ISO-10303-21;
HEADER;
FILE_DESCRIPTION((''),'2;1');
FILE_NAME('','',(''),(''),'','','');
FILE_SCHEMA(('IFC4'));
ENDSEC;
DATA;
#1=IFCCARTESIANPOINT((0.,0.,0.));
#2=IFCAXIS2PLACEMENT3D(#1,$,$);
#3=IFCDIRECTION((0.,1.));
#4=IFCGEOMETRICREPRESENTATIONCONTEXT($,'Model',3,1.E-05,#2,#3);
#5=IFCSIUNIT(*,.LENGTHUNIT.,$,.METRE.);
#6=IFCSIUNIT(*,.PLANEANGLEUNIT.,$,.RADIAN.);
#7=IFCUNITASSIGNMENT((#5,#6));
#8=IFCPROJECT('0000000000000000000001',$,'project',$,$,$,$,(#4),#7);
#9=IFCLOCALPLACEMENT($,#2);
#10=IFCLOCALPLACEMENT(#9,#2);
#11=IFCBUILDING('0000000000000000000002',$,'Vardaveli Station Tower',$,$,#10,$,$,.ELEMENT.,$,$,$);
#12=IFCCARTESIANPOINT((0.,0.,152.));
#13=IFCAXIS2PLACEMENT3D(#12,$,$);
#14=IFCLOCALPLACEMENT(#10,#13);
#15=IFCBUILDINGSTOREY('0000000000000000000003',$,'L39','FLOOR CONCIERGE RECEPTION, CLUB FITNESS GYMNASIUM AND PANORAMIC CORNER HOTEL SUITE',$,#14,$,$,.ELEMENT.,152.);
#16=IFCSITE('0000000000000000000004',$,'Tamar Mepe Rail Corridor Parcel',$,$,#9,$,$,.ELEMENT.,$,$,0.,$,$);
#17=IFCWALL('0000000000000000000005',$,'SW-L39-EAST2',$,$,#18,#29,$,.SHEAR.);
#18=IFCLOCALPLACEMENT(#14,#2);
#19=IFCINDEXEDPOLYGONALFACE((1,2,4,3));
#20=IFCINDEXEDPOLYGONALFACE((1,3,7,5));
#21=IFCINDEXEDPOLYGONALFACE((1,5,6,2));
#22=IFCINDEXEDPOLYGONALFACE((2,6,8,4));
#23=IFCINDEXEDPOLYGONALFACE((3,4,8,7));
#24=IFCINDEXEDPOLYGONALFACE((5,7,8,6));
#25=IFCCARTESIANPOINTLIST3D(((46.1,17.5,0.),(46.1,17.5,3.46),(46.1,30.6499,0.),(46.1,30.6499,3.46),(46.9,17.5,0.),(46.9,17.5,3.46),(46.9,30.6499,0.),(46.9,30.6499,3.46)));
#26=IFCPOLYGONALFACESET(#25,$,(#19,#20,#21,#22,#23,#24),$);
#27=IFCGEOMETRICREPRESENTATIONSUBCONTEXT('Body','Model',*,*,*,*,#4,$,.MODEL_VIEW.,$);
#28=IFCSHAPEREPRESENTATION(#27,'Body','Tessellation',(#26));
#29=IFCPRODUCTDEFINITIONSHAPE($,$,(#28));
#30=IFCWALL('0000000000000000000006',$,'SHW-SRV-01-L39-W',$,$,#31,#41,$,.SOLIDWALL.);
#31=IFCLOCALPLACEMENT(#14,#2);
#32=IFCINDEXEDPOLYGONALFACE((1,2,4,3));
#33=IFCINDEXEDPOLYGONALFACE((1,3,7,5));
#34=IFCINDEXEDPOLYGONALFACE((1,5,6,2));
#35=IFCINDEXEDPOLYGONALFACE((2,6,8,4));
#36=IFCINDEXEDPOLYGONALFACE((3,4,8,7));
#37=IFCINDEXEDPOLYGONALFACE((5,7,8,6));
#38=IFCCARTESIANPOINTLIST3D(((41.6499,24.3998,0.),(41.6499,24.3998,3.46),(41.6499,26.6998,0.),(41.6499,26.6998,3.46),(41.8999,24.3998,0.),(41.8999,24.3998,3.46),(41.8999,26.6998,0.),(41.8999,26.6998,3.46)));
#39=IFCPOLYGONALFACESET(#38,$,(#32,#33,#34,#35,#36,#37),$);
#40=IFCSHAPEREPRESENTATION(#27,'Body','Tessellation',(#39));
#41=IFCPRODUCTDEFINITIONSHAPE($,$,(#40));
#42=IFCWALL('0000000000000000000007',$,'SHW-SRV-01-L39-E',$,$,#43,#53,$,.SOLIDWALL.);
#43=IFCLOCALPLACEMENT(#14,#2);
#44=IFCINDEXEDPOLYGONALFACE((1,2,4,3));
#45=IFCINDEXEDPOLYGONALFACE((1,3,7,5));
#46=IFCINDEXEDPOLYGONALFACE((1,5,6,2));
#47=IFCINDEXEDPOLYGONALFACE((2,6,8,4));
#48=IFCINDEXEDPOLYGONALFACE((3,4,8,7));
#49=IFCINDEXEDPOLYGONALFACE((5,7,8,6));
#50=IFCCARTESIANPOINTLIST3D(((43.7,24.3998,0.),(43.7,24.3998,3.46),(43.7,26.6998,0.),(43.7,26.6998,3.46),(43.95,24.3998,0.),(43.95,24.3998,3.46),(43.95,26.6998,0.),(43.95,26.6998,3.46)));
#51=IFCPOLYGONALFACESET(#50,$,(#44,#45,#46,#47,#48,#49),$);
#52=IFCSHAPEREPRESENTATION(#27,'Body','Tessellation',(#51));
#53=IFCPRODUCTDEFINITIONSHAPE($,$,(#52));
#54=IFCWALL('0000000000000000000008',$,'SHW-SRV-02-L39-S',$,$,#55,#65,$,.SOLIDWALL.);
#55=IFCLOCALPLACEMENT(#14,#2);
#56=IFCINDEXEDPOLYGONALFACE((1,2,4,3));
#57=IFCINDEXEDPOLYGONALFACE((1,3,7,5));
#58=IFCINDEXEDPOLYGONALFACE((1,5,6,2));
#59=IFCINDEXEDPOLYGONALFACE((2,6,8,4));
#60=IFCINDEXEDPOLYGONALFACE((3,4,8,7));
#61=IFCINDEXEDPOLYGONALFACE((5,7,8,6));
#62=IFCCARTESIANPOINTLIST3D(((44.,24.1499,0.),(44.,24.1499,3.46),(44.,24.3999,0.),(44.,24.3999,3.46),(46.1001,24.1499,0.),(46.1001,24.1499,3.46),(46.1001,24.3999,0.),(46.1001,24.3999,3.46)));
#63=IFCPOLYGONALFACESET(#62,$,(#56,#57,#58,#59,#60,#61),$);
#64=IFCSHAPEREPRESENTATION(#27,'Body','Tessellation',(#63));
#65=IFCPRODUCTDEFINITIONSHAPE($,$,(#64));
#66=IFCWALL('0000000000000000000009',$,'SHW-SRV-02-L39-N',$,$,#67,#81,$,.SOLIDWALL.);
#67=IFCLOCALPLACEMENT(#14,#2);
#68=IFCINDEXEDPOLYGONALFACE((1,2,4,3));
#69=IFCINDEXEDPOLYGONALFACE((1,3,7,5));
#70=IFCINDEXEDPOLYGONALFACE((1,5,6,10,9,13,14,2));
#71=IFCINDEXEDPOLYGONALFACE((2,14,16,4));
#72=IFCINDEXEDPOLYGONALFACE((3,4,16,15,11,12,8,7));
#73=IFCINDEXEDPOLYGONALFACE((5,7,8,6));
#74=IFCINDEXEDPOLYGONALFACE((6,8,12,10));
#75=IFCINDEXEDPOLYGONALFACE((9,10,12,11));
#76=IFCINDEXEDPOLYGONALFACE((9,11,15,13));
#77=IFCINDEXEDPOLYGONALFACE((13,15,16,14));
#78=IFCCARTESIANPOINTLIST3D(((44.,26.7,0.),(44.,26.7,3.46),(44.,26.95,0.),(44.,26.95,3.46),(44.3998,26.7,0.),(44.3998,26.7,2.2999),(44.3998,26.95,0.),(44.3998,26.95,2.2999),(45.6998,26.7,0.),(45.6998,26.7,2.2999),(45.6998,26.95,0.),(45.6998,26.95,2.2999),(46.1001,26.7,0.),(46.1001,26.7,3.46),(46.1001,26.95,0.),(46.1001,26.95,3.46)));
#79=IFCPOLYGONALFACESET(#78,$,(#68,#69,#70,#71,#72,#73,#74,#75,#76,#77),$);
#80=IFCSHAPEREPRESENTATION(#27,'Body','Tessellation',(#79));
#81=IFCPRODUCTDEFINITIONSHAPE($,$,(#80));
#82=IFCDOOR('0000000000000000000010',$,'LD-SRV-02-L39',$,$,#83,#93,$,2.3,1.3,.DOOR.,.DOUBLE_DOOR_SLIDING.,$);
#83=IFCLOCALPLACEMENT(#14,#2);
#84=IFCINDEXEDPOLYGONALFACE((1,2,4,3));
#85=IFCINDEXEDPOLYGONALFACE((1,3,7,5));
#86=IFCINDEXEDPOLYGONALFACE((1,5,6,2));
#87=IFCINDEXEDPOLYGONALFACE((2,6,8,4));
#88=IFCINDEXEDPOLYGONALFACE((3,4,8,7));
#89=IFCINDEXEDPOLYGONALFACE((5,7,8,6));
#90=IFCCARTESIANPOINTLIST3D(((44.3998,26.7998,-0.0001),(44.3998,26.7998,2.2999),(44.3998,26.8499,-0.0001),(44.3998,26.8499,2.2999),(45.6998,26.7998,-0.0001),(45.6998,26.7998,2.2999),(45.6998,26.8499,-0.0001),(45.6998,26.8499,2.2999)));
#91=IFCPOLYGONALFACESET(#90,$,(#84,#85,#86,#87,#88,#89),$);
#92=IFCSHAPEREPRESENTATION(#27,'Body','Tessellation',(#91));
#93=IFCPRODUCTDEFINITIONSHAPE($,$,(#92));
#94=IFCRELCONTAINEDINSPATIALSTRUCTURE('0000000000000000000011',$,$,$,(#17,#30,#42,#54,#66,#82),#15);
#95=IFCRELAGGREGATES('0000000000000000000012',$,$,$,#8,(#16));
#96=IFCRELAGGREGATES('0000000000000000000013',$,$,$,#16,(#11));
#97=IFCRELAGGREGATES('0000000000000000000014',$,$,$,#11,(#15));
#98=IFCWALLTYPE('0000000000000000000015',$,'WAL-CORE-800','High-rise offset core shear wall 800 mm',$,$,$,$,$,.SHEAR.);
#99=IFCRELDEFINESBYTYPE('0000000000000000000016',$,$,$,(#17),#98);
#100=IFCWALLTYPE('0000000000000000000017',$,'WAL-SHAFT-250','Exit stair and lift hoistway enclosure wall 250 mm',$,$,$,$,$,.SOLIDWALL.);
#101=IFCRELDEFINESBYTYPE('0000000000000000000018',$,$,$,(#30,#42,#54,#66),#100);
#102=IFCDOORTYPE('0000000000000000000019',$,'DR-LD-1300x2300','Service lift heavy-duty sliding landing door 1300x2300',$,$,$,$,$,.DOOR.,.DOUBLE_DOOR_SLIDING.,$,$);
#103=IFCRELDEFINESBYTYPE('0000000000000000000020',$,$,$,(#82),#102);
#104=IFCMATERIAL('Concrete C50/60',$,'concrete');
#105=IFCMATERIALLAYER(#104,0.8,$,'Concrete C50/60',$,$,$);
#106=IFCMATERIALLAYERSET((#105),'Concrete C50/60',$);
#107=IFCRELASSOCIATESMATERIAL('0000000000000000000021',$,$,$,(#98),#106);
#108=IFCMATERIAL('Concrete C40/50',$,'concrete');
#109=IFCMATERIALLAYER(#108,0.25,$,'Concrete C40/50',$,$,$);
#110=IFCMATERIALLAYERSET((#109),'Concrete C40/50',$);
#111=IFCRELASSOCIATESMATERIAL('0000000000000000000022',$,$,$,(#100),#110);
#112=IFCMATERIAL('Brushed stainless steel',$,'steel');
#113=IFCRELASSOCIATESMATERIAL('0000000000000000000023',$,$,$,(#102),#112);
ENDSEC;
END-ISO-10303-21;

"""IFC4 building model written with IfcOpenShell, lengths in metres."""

from ifc_helpers import new_model, si_unit, direction, frame, frame_2d, origin, place, context, subcontext, project, spatial, rectangle, extrude, source, transform, mapped, material, layer, layer_set, type_object, element, fill, save


model = new_model("IFC4")

# Units and contexts
model_context = context("Model", 3, precision=1e-05, world=origin(), true_north=direction((0.0, 1.0)))
body_context = subcontext(model_context, "Body", "Model", "MODEL_VIEW")
ifc_project = project(units=[si_unit("LENGTHUNIT", "METRE"), si_unit("PLANEANGLEUNIT", "RADIAN")], contexts=[model_context])

# Site, building, storey
site_placement = place(None, origin())
site = spatial("IfcSite", under=ifc_project, at=site_placement, Name="Tamar Mepe Rail Corridor Parcel", CompositionType="ELEMENT", RefElevation=0.0)
building_placement = place(site_placement, origin())
building = spatial("IfcBuilding", under=site, at=building_placement, Name="Vardaveli Station Tower", CompositionType="ELEMENT")
storey_placement = place(building_placement, frame((0.0, 0.0, 152.0)))
storey = spatial("IfcBuildingStorey", under=building, at=storey_placement, Name="L39", Description="FLOOR CONCIERGE RECEPTION, CLUB FITNESS GYMNASIUM AND PANORAMIC CORNER HOTEL SUITE", CompositionType="ELEMENT", Elevation=152.0)

# Walls
ifc_material_1 = material(Name="Concrete C50/60", Category="concrete")
ifc_layer_1 = layer(ifc_material_1, 0.8, Name="Concrete C50/60")
ifc_layer_set_1 = layer_set([ifc_layer_1], Name="Concrete C50/60")
wall_type_1 = type_object("IfcWallType", Name="WAL-CORE-800", Description="High-rise offset core shear wall 800 mm", PredefinedType="SHEAR", material=ifc_layer_set_1)
shared_shape_1 = source(origin(), body_context, "Body", "SweptSolid", [
    extrude(rectangle(XDim=13.1499, YDim=0.8, at=frame_2d((6.575, 0.0))), origin(), (0.0, 0.0, 1.0), 3.46),
])
wall_1_placement = place(storey_placement, frame((46.5, 17.5, 0.0), z_axis=(0.0, 0.0, 1.0), x_axis=(0.0, 1.0, 0.0)))
element("IfcWall", 1, at=wall_1_placement, inside=storey, type_object=wall_type_1, Name="SW-L39-EAST2", PredefinedType="SHEAR", context=body_context, shape_type="MappedRepresentation", body=[
    mapped(shared_shape_1, transform((0.0, 0.0, 0.0), scale=1.0)),
])
ifc_material_2 = material(Name="Concrete C40/50", Category="concrete")
ifc_layer_2 = layer(ifc_material_2, 0.25, Name="Concrete C40/50")
ifc_layer_set_2 = layer_set([ifc_layer_2], Name="Concrete C40/50")
wall_type_2 = type_object("IfcWallType", Name="WAL-SHAFT-250", Description="Exit stair and lift hoistway enclosure wall 250 mm", PredefinedType="SOLIDWALL", material=ifc_layer_set_2)
shared_shape_2 = source(origin(), body_context, "Body", "SweptSolid", [
    extrude(rectangle(XDim=2.3, YDim=0.25, at=frame_2d((1.1499, 0.0))), origin(), (0.0, 0.0, 1.0), 3.46),
])
for number, where, z_axis, x_axis, name in (
    (2, (41.7749, 24.3999, 0.0), (0.0, 0.0, 1.0), (0.0, 1.0, 0.0), "SHW-SRV-01-L39-W"),
    (3, (43.825, 24.3999, 0.0), (0.0, 0.0, 1.0), (0.0, 1.0, 0.0), "SHW-SRV-01-L39-E"),
):
    element("IfcWall", number, at=place(storey_placement, frame(where, z_axis=z_axis, x_axis=x_axis)), inside=storey, type_object=wall_type_2, Name=name, PredefinedType="SOLIDWALL", context=body_context, shape_type="MappedRepresentation", body=[
        mapped(shared_shape_2, transform((0.0, 0.0, 0.0), scale=1.0)),
    ])
shared_shape_3 = source(origin(), body_context, "Body", "SweptSolid", [
    extrude(rectangle(XDim=2.1001, YDim=0.25, at=frame_2d((1.05, 0.0))), origin(), (0.0, 0.0, 1.0), 3.46),
])
wall_2_placement = place(storey_placement, frame((44.0, 24.2749, 0.0), z_axis=(0.0, 0.0, 1.0), x_axis=(1.0, 0.0, 0.0)))
element("IfcWall", 4, at=wall_2_placement, inside=storey, type_object=wall_type_2, Name="SHW-SRV-02-L39-S", PredefinedType="SOLIDWALL", context=body_context, shape_type="MappedRepresentation", body=[
    mapped(shared_shape_3, transform((0.0, 0.0, 0.0), scale=1.0)),
])

# Wall, opening, door
wall_3_placement = place(storey_placement, frame((44.0, 26.825, 0.0), z_axis=(0.0, 0.0, 1.0), x_axis=(1.0, 0.0, 0.0)))
wall_3 = element("IfcWall", 5, at=wall_3_placement, inside=storey, type_object=wall_type_2, Name="SHW-SRV-02-L39-N", PredefinedType="SOLIDWALL", context=body_context, shape_type="MappedRepresentation", body=[
    mapped(shared_shape_3, transform((0.0, 0.0, 0.0), scale=1.0)),
])
shared_shape_4 = source(origin(), body_context, "Body", "SweptSolid", [
    extrude(rectangle(XDim=1.3, YDim=2.3, at=frame_2d((0.6499, 1.1499))), frame((0.0, 0.135, 0.0), z_axis=(0.0, -1.0, 0.0), x_axis=(1.0, 0.0, 0.0)), (0.0, 0.0, 1.0), 0.27),
])
opening_placement = place(wall_3_placement, frame((0.3999, 0.0, 0.0)))
opening = element("IfcOpeningElement", 6, at=opening_placement, cuts=wall_3, PredefinedType="OPENING", context=body_context, shape_type="MappedRepresentation", body=[
    mapped(shared_shape_4, transform((0.0, 0.0, 0.0), scale=1.0)),
])
ifc_material_3 = material(Name="Brushed stainless steel", Category="steel")
door_type = type_object("IfcDoorType", Name="DR-LD-1300x2300", Description="Service lift heavy-duty sliding landing door 1300x2300", OperationType="DOUBLE_DOOR_SLIDING", PredefinedType="DOOR", material=ifc_material_3)
shared_shape_5 = source(origin(), body_context, "Body", "SweptSolid", [
    extrude(rectangle(XDim=1.3, YDim=2.3, at=frame_2d((0.6499, 1.1499))), frame((0.0, 0.0249, 0.0), z_axis=(0.0, -1.0, 0.0), x_axis=(1.0, 0.0, 0.0)), (0.0, 0.0, 1.0), 0.05),
])
door_placement = place(opening_placement, origin())
door = element("IfcDoor", 7, at=door_placement, inside=storey, type_object=door_type, Name="LD-SRV-02-L39", OperationType="DOUBLE_DOOR_SLIDING", OverallHeight=2.3, OverallWidth=1.3, PredefinedType="DOOR", context=body_context, shape_type="MappedRepresentation", body=[
    mapped(shared_shape_5, transform((0.0, 0.0, 0.0), scale=1.0)),
])
fill(opening, door)

save(model, "model.ifc")
